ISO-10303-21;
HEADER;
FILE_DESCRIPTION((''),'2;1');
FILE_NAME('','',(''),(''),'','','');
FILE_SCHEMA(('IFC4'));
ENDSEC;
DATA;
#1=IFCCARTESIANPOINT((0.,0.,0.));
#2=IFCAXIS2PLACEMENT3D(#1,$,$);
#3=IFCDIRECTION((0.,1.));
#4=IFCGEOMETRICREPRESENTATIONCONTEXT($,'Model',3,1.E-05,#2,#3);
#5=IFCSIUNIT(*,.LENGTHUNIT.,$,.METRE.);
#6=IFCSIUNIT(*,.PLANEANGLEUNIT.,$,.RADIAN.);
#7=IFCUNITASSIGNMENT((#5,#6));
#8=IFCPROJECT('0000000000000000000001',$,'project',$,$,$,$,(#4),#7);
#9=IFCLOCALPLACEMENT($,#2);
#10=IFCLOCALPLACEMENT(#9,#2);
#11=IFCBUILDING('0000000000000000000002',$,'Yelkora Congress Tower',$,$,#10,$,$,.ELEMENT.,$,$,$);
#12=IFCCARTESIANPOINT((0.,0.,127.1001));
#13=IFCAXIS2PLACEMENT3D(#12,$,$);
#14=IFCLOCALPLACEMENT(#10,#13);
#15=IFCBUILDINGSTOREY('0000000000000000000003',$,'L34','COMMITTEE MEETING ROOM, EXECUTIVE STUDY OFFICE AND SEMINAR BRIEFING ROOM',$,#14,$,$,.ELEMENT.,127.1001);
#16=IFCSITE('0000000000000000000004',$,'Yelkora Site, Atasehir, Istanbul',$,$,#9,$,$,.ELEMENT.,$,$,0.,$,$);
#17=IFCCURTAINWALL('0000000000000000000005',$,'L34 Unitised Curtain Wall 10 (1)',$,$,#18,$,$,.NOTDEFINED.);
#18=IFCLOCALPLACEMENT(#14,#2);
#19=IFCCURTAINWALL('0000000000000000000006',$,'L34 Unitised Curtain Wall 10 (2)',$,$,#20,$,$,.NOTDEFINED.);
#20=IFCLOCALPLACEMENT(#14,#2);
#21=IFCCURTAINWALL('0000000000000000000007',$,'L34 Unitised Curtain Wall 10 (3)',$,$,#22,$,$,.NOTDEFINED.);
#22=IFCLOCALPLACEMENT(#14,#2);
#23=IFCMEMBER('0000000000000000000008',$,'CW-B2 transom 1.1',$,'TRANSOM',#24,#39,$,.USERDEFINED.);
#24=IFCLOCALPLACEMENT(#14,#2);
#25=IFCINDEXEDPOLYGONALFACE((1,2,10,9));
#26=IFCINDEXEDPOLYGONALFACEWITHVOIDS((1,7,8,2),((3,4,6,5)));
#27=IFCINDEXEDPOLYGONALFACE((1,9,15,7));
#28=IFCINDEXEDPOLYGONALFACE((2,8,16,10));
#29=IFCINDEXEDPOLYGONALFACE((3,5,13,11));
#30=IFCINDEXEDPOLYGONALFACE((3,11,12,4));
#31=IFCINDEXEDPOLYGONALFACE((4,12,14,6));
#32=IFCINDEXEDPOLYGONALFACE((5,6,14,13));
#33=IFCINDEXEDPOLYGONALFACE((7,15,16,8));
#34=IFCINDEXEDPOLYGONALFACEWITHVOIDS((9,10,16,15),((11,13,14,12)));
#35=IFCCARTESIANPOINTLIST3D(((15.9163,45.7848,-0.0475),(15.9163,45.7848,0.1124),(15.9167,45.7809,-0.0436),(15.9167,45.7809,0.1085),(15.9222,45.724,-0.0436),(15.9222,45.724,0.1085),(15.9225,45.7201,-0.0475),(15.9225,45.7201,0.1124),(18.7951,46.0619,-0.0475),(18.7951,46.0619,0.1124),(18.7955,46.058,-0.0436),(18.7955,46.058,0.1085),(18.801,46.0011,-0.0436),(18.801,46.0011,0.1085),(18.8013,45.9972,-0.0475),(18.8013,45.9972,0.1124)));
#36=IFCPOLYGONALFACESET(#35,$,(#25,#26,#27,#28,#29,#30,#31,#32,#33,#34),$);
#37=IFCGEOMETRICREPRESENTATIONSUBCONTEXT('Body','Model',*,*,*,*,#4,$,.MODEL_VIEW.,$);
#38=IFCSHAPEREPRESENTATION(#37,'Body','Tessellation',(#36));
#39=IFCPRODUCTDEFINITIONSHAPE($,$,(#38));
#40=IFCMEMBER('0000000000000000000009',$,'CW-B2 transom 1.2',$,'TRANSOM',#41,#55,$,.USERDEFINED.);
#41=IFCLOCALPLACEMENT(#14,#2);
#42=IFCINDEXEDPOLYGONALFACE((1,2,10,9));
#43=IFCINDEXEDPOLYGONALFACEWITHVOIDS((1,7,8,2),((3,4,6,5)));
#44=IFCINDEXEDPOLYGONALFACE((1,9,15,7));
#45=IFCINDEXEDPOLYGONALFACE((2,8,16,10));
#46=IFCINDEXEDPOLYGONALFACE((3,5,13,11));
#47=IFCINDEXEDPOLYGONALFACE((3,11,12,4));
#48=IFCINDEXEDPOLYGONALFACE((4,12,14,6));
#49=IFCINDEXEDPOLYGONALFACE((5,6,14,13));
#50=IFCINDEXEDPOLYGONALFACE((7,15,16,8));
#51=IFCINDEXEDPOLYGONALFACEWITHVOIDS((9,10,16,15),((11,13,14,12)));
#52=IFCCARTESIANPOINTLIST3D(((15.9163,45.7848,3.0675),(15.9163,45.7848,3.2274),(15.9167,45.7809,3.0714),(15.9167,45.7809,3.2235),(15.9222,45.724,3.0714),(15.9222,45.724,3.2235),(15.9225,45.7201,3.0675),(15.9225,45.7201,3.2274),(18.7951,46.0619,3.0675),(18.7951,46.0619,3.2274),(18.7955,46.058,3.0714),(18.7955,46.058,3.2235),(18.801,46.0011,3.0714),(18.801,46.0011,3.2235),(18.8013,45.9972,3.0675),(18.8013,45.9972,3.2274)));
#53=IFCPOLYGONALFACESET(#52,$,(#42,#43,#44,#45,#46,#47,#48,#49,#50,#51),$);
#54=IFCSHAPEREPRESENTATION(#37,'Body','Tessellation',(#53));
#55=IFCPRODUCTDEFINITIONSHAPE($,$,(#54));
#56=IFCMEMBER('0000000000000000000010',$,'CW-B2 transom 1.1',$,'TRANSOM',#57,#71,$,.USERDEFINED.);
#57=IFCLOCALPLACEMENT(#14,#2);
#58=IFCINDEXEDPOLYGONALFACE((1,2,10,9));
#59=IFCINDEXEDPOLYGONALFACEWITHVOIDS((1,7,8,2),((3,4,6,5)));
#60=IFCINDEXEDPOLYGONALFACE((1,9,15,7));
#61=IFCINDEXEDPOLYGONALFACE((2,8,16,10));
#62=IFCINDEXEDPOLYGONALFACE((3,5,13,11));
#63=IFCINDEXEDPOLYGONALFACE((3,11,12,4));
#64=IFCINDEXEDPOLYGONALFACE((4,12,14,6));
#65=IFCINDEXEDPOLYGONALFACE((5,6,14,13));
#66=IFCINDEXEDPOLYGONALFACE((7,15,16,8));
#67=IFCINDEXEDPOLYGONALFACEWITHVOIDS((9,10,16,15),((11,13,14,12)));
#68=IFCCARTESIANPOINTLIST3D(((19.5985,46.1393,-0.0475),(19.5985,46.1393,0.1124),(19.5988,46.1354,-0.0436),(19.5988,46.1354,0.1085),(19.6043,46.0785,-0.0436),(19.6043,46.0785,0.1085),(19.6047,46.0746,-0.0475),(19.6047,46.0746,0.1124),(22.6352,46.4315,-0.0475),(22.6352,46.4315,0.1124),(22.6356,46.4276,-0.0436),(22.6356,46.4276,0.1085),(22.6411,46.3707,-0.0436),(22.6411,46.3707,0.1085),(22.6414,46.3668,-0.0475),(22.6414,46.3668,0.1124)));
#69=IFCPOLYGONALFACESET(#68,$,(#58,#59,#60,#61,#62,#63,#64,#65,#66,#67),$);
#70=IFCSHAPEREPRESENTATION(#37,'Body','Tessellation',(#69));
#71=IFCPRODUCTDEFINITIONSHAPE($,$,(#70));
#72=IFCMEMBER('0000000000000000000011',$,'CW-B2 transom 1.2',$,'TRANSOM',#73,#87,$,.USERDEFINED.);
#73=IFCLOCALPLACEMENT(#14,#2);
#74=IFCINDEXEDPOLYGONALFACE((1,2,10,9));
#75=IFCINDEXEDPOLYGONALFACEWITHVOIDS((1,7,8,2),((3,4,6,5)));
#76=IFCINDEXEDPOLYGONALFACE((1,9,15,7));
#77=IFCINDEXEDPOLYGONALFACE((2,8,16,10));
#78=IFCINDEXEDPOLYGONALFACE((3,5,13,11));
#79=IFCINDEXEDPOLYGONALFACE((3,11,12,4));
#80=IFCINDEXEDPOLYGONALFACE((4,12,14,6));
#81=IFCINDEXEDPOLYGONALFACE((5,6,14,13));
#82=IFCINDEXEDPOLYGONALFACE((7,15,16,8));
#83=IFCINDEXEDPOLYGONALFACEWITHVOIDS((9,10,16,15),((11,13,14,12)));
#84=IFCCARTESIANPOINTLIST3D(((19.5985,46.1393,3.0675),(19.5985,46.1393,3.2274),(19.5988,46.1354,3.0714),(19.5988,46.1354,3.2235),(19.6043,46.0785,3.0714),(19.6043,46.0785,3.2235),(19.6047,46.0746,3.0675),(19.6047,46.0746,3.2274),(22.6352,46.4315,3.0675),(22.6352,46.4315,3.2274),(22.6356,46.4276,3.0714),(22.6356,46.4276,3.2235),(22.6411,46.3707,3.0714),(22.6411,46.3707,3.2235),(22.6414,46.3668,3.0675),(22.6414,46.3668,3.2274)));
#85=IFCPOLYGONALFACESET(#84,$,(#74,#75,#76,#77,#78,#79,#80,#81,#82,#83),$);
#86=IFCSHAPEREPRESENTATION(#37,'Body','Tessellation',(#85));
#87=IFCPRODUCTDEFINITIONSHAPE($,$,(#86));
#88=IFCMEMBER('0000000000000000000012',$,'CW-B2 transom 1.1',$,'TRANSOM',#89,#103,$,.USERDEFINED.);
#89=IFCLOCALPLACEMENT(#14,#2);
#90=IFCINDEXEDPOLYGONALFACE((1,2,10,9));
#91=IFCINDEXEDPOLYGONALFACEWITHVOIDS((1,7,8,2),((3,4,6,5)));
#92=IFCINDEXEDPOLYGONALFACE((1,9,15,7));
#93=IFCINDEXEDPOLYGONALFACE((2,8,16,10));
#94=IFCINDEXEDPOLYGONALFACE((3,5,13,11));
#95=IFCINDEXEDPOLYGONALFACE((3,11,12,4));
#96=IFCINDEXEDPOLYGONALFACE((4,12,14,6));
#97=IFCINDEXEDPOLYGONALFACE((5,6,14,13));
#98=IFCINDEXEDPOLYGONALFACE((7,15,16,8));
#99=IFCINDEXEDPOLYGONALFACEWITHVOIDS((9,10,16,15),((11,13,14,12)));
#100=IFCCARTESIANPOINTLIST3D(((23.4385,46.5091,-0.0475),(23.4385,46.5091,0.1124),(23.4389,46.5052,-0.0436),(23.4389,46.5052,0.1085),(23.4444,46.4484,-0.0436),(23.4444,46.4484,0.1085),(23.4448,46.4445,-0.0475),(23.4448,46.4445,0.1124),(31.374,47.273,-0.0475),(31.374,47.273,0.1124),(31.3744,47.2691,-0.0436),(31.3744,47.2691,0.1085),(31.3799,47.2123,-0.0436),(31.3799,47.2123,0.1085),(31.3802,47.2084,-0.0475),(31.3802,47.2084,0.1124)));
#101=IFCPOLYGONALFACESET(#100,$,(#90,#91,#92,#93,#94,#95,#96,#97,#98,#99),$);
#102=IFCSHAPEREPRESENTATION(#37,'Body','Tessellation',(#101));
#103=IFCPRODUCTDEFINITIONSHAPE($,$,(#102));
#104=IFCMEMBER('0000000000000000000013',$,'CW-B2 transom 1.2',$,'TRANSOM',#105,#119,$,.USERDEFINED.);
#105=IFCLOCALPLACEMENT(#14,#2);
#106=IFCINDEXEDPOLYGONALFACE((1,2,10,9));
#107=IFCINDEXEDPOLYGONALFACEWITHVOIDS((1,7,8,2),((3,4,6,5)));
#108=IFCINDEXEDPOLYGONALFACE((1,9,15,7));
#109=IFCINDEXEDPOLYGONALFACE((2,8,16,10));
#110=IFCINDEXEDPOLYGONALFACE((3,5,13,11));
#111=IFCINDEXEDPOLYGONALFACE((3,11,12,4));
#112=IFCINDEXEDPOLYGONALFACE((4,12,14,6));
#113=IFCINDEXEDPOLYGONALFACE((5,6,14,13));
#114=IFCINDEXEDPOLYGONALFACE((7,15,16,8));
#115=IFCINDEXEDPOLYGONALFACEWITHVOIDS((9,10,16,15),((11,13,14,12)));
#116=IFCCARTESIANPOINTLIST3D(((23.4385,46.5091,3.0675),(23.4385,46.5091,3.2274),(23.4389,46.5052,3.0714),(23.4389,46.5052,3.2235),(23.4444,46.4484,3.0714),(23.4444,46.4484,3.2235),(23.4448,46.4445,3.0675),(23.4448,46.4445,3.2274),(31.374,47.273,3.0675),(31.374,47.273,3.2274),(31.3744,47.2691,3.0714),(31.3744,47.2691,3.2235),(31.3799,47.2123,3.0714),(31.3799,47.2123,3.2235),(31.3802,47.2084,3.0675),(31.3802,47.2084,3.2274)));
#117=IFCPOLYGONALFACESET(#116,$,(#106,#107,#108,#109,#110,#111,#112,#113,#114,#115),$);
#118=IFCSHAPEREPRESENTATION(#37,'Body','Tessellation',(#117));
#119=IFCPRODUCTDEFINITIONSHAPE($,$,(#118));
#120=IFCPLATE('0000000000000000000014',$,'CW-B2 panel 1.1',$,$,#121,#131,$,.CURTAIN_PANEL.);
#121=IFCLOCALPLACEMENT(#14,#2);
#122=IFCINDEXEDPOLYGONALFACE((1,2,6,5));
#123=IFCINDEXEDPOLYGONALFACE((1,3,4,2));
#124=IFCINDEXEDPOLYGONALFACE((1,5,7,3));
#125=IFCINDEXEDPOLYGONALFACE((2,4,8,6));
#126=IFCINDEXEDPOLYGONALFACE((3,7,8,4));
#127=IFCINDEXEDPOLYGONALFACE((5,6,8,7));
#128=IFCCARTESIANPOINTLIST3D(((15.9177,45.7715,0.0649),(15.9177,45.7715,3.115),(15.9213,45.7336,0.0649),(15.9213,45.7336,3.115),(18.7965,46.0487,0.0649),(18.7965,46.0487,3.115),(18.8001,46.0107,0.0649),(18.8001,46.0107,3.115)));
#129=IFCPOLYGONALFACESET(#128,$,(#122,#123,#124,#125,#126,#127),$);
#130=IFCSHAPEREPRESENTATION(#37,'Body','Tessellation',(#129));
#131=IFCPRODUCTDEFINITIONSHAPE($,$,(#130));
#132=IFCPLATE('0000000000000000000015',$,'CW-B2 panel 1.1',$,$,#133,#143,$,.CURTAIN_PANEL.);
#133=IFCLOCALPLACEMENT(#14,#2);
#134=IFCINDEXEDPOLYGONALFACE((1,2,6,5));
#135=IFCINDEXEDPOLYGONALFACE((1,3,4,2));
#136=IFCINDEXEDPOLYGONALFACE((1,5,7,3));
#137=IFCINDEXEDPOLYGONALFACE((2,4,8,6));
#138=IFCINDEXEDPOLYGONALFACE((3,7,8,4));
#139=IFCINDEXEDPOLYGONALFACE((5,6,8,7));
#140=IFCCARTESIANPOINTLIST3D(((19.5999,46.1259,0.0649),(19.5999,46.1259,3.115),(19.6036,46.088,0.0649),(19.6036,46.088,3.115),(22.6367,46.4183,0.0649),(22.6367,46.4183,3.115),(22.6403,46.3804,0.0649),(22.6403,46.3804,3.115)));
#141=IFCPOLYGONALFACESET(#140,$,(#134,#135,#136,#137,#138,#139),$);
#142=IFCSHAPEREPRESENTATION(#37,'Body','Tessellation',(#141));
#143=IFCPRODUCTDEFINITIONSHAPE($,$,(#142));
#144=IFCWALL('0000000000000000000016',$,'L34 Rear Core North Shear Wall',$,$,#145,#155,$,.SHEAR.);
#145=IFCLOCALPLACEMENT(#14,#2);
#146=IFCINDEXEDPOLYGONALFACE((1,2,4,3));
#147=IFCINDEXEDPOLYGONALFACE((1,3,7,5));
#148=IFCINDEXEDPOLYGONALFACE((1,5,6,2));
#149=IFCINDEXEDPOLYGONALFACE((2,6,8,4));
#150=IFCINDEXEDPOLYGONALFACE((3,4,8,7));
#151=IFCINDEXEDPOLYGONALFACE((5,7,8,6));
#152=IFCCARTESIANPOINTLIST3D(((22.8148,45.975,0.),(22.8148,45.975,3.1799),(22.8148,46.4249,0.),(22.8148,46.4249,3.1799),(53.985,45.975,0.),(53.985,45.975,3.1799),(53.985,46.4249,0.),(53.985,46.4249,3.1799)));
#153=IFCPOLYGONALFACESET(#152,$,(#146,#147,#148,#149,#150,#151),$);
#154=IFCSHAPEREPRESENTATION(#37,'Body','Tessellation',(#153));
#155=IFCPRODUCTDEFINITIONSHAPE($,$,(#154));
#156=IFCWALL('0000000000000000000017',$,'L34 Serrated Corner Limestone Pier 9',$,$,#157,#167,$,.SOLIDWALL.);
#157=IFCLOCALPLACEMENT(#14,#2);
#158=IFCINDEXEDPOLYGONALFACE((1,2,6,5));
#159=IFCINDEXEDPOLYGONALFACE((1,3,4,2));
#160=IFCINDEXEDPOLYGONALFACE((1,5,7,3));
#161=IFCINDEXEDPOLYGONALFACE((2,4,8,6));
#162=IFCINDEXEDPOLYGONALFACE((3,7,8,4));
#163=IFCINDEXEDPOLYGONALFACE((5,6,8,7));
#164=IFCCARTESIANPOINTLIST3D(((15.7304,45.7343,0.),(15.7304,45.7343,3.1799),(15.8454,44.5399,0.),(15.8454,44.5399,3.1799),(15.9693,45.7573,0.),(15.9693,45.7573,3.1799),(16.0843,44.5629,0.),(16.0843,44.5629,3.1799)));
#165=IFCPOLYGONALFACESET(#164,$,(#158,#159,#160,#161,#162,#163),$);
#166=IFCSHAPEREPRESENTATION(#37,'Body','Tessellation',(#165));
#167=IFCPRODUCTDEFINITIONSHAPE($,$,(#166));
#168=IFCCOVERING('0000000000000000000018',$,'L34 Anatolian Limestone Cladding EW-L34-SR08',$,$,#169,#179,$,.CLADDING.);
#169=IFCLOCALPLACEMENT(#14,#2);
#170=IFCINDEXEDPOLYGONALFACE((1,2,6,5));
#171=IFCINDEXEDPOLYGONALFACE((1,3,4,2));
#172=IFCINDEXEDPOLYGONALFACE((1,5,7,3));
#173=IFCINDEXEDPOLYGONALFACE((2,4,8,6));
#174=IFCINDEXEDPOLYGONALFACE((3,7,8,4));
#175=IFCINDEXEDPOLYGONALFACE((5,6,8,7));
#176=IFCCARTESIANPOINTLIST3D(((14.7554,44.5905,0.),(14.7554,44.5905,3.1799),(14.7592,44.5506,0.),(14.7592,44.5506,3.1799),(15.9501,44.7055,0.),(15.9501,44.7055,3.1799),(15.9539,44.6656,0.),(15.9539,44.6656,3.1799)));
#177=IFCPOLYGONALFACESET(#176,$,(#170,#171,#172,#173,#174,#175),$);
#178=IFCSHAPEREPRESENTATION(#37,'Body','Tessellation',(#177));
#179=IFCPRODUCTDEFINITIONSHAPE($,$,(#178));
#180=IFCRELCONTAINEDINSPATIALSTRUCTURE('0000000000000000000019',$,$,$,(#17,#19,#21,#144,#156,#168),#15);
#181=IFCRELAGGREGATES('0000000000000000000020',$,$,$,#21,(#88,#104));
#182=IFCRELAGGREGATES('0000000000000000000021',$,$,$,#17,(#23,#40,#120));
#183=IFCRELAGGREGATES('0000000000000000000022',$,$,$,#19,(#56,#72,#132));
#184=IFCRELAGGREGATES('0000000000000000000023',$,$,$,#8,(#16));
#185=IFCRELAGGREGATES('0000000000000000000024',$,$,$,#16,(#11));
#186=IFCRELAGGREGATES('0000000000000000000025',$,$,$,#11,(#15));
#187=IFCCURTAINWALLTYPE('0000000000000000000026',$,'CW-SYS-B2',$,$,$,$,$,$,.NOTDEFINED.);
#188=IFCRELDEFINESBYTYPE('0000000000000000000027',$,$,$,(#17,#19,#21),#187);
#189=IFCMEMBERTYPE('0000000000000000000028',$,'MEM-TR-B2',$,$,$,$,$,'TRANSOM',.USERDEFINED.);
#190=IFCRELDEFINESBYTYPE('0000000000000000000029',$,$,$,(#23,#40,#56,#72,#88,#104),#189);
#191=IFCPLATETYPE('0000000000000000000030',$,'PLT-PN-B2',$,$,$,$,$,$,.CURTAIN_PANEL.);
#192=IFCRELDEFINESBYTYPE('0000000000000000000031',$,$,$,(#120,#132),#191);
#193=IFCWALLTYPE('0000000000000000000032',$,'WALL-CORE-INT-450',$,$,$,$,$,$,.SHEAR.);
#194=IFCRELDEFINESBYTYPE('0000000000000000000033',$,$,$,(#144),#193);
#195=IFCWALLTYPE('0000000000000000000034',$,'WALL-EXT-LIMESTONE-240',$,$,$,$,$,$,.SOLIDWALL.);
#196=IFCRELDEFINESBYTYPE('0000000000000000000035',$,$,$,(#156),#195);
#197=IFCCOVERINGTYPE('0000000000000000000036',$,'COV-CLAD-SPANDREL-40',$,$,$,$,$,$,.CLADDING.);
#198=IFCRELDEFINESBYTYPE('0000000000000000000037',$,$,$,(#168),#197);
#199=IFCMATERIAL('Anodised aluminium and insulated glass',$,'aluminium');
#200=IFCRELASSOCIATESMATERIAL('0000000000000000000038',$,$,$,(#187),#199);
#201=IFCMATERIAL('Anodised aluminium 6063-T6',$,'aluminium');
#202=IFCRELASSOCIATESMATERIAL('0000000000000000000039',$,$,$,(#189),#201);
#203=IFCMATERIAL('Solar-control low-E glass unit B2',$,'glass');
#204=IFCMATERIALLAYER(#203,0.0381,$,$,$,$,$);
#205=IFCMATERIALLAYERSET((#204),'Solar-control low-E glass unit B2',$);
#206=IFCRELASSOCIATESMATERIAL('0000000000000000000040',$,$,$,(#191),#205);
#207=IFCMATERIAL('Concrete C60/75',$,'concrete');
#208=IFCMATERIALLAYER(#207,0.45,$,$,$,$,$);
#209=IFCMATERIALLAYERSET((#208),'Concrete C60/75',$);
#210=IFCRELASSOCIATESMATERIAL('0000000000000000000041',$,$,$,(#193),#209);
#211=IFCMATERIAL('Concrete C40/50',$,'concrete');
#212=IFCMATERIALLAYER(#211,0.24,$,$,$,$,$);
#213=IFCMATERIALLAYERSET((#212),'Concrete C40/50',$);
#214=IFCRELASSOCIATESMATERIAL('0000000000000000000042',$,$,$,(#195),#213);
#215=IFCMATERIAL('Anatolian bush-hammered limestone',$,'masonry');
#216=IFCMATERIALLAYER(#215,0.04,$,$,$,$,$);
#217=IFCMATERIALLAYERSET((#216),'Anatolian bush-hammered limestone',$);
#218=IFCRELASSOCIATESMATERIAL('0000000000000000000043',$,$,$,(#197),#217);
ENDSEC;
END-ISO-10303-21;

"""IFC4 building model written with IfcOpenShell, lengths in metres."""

from ifc_helpers import new_model, si_unit, direction, frame, frame_2d, origin, origin_2d, place, context, subcontext, project, spatial, rectangle, hollow_rectangle, extrude, material, layer, layer_set, material_profile, profile_set, type_object, element, aggregate, save


model = new_model("IFC4")

# Units and contexts
model_context = context("Model", 3, precision=1e-05, world=origin(), true_north=direction((0.0, 1.0)))
body_context = subcontext(model_context, "Body", "Model", "MODEL_VIEW")
ifc_project = project(units=[si_unit("LENGTHUNIT", "METRE"), si_unit("PLANEANGLEUNIT", "RADIAN")], contexts=[model_context])

# Site, building, storey
site_placement = place(None, origin())
site = spatial("IfcSite", under=ifc_project, at=site_placement, Name="Yelkora Site, Atasehir, Istanbul", CompositionType="ELEMENT", RefElevation=0.0)
building_placement = place(site_placement, origin())
building = spatial("IfcBuilding", under=site, at=building_placement, Name="Yelkora Congress Tower", CompositionType="ELEMENT")
storey_placement = place(building_placement, frame((0.0, 0.0, 127.1001)))
storey = spatial("IfcBuildingStorey", under=building, at=storey_placement, Name="L34", Description="COMMITTEE MEETING ROOM, EXECUTIVE STUDY OFFICE AND SEMINAR BRIEFING ROOM", CompositionType="ELEMENT", Elevation=127.1001)

# Curtain walls
ifc_material_1 = material(Name="Anodised aluminium and insulated glass", Category="aluminium")
curtain_wall_type = type_object("IfcCurtainWallType", Name="CW-SYS-B2", PredefinedType="NOTDEFINED", material=ifc_material_1)
curtain_wall_1_placement = place(storey_placement, origin())
curtain_wall_1 = element("IfcCurtainWall", 1, at=curtain_wall_1_placement, inside=storey, type_object=curtain_wall_type, Name="L34 Unitised Curtain Wall 10 (1)", PredefinedType="NOTDEFINED")
ifc_material_2 = material(Name="Anodised aluminium 6063-T6", Category="aluminium")
curtain_wall_2_placement = place(storey_placement, origin())
curtain_wall_2 = element("IfcCurtainWall", 2, at=curtain_wall_2_placement, inside=storey, type_object=curtain_wall_type, Name="L34 Unitised Curtain Wall 10 (2)", PredefinedType="NOTDEFINED")

# Curtain wall
curtain_wall_3_placement = place(storey_placement, origin())
curtain_wall_3 = element("IfcCurtainWall", 3, at=curtain_wall_3_placement, inside=storey, type_object=curtain_wall_type, Name="L34 Unitised Curtain Wall 10 (3)", PredefinedType="NOTDEFINED")

# Members
ifc_material_profile_1 = material_profile(ifc_material_2, hollow_rectangle(XDim=0.0649, YDim=0.1599, WallThickness=0.0039, at=origin_2d()), Name="ALU 65x160x4")
ifc_profile_set_1 = profile_set([ifc_material_profile_1], Name="Anodised aluminium 6063-T6")
member_type_1 = type_object("IfcMemberType", Name="MEM-TR-B2", ElementType="TRANSOM", PredefinedType="USERDEFINED", material=ifc_profile_set_1)
member_1_placement = place(storey_placement, frame((15.9194, 45.7524, 0.0325), z_axis=(0.9954, 0.095809, 0.0), x_axis=(-0.095809, 0.9954, 0.0)))
member_1 = element("IfcMember", 4, at=member_1_placement, type_object=member_type_1, Name="CW-B2 transom 1.1", ObjectType="TRANSOM", PredefinedType="USERDEFINED", context=body_context, shape_type="SweptSolid", body=[
    extrude(hollow_rectangle(XDim=0.0649, YDim=0.1599, WallThickness=0.0039, at=origin_2d()), origin(), (0.0, 0.0, 1.0), 2.8921),
])
member_2_placement = place(storey_placement, frame((15.9194, 45.7524, 3.1475), z_axis=(0.9954, 0.095809, 0.0), x_axis=(-0.095809, 0.9954, 0.0)))
member_2 = element("IfcMember", 5, at=member_2_placement, type_object=member_type_1, Name="CW-B2 transom 1.2", ObjectType="TRANSOM", PredefinedType="USERDEFINED", context=body_context, shape_type="SweptSolid", body=[
    extrude(hollow_rectangle(XDim=0.0649, YDim=0.1599, WallThickness=0.0039, at=origin_2d()), origin(), (0.0, 0.0, 1.0), 2.8921),
])
member_3_placement = place(storey_placement, frame((19.6016, 46.1069, 0.0325), z_axis=(0.995402, 0.095787, 0.0), x_axis=(-0.095787, 0.995402, 0.0)))
member_3 = element("IfcMember", 6, at=member_3_placement, type_object=member_type_1, Name="CW-B2 transom 1.1", ObjectType="TRANSOM", PredefinedType="USERDEFINED", context=body_context, shape_type="SweptSolid", body=[
    extrude(hollow_rectangle(XDim=0.0649, YDim=0.1599, WallThickness=0.0039, at=origin_2d()), origin(), (0.0, 0.0, 1.0), 3.0508),
])
member_4_placement = place(storey_placement, frame((19.6016, 46.1069, 3.1475), z_axis=(0.995402, 0.095787, 0.0), x_axis=(-0.095787, 0.995402, 0.0)))
member_4 = element("IfcMember", 7, at=member_4_placement, type_object=member_type_1, Name="CW-B2 transom 1.2", ObjectType="TRANSOM", PredefinedType="USERDEFINED", context=body_context, shape_type="SweptSolid", body=[
    extrude(hollow_rectangle(XDim=0.0649, YDim=0.1599, WallThickness=0.0039, at=origin_2d()), origin(), (0.0, 0.0, 1.0), 3.0508),
])
member_5_placement = place(storey_placement, frame((23.4417, 46.4768, 0.0325), z_axis=(0.995398, 0.095822, 0.0), x_axis=(-0.095822, 0.995398, 0.0)))
member_5 = element("IfcMember", 8, at=member_5_placement, type_object=member_type_1, Name="CW-B2 transom 1.1", ObjectType="TRANSOM", PredefinedType="USERDEFINED", context=body_context, shape_type="SweptSolid", body=[
    extrude(hollow_rectangle(XDim=0.0649, YDim=0.1599, WallThickness=0.0039, at=origin_2d()), origin(), (0.0, 0.0, 1.0), 7.9722),
])
member_6_placement = place(storey_placement, frame((23.4417, 46.4768, 3.1475), z_axis=(0.995398, 0.095822, 0.0), x_axis=(-0.095822, 0.995398, 0.0)))
member_6 = element("IfcMember", 9, at=member_6_placement, type_object=member_type_1, Name="CW-B2 transom 1.2", ObjectType="TRANSOM", PredefinedType="USERDEFINED", context=body_context, shape_type="SweptSolid", body=[
    extrude(hollow_rectangle(XDim=0.0649, YDim=0.1599, WallThickness=0.0039, at=origin_2d()), origin(), (0.0, 0.0, 1.0), 7.9722),
])
aggregate(curtain_wall_3, [member_5, member_6])

# Plates
ifc_material_3 = material(Name="Solar-control low-E glass unit B2", Category="glass")
ifc_layer_1 = layer(ifc_material_3, 0.0381)
ifc_layer_set_1 = layer_set([ifc_layer_1], Name="Solar-control low-E glass unit B2")
plate_type = type_object("IfcPlateType", Name="PLT-PN-B2", PredefinedType="CURTAIN_PANEL", material=ifc_layer_set_1)
plate_1_placement = place(storey_placement, frame((17.3589, 45.8911, 0.0649), z_axis=(0.0, 0.0, 1.0), x_axis=(0.995397, 0.095839, 0.0)))
plate_1 = element("IfcPlate", 10, at=plate_1_placement, type_object=plate_type, Name="CW-B2 panel 1.1", PredefinedType="CURTAIN_PANEL", context=body_context, shape_type="SweptSolid", body=[
    extrude(rectangle(XDim=2.8921, YDim=0.0381, at=origin_2d()), origin(), (0.0, 0.0, 1.0), 3.05),
])
aggregate(curtain_wall_1, [member_1, member_2, plate_1])
plate_2_placement = place(storey_placement, frame((21.1201, 46.2532, 0.0649), z_axis=(0.0, 0.0, 1.0), x_axis=(0.995397, 0.095841, 0.0)))
plate_2 = element("IfcPlate", 11, at=plate_2_placement, type_object=plate_type, Name="CW-B2 panel 1.1", PredefinedType="CURTAIN_PANEL", context=body_context, shape_type="SweptSolid", body=[
    extrude(rectangle(XDim=3.0508, YDim=0.0381, at=origin_2d()), origin(), (0.0, 0.0, 1.0), 3.05),
])
aggregate(curtain_wall_2, [member_3, member_4, plate_2])

# Walls
ifc_material_4 = material(Name="Concrete C60/75", Category="concrete")
ifc_layer_2 = layer(ifc_material_4, 0.45)
ifc_layer_set_2 = layer_set([ifc_layer_2], Name="Concrete C60/75")
wall_type_1 = type_object("IfcWallType", Name="WALL-CORE-INT-450", PredefinedType="SHEAR", material=ifc_layer_set_2)
wall_1_placement = place(storey_placement, frame((22.8149, 46.2, 0.0), z_axis=(0.0, 0.0, 1.0), x_axis=(1.0, 0.0, 0.0)))
element("IfcWall", 12, at=wall_1_placement, inside=storey, type_object=wall_type_1, Name="L34 Rear Core North Shear Wall", PredefinedType="SHEAR", context=body_context, shape_type="SweptSolid", body=[
    extrude(rectangle(XDim=31.1702, YDim=0.45, at=frame_2d((15.585, 0.0))), origin(), (0.0, 0.0, 1.0), 3.1799),
])
ifc_material_5 = material(Name="Concrete C40/50", Category="concrete")
ifc_layer_3 = layer(ifc_material_5, 0.24)
ifc_layer_set_3 = layer_set([ifc_layer_3], Name="Concrete C40/50")
wall_type_2 = type_object("IfcWallType", Name="WALL-EXT-LIMESTONE-240", PredefinedType="SOLIDWALL", material=ifc_layer_set_3)
wall_2_placement = place(storey_placement, frame((15.9648, 44.5513, 0.0), z_axis=(0.0, 0.0, 1.0), x_axis=(-0.095836, 0.995397, 0.0)))
element("IfcWall", 13, at=wall_2_placement, inside=storey, type_object=wall_type_2, Name="L34 Serrated Corner Limestone Pier 9", PredefinedType="SOLIDWALL", context=body_context, shape_type="SweptSolid", body=[
    extrude(rectangle(XDim=1.2, YDim=0.24, at=frame_2d((0.6001, 0.0))), origin(), (0.0, 0.0, 1.0), 3.1799),
])

# Covering
ifc_material_6 = material(Name="Anatolian bush-hammered limestone", Category="masonry")
ifc_layer_4 = layer(ifc_material_6, 0.04)
ifc_layer_set_4 = layer_set([ifc_layer_4], Name="Anatolian bush-hammered limestone")
covering_type = type_object("IfcCoveringType", Name="COV-CLAD-SPANDREL-40", PredefinedType="CLADDING", material=ifc_layer_set_4)
covering_placement = place(storey_placement, frame((14.7573, 44.5706, 0.0), z_axis=(0.0, 0.0, 1.0), x_axis=(0.995399, 0.095817, 0.0)))
element("IfcCovering", 14, at=covering_placement, inside=storey, type_object=covering_type, Name="L34 Anatolian Limestone Cladding EW-L34-SR08", PredefinedType="CLADDING", context=body_context, shape_type="SweptSolid", body=[
    extrude(rectangle(XDim=1.2002, YDim=0.04, at=frame_2d((0.6001, 0.0))), origin(), (0.0, 0.0, 1.0), 3.1799),
])

save(model, "model.ifc")
